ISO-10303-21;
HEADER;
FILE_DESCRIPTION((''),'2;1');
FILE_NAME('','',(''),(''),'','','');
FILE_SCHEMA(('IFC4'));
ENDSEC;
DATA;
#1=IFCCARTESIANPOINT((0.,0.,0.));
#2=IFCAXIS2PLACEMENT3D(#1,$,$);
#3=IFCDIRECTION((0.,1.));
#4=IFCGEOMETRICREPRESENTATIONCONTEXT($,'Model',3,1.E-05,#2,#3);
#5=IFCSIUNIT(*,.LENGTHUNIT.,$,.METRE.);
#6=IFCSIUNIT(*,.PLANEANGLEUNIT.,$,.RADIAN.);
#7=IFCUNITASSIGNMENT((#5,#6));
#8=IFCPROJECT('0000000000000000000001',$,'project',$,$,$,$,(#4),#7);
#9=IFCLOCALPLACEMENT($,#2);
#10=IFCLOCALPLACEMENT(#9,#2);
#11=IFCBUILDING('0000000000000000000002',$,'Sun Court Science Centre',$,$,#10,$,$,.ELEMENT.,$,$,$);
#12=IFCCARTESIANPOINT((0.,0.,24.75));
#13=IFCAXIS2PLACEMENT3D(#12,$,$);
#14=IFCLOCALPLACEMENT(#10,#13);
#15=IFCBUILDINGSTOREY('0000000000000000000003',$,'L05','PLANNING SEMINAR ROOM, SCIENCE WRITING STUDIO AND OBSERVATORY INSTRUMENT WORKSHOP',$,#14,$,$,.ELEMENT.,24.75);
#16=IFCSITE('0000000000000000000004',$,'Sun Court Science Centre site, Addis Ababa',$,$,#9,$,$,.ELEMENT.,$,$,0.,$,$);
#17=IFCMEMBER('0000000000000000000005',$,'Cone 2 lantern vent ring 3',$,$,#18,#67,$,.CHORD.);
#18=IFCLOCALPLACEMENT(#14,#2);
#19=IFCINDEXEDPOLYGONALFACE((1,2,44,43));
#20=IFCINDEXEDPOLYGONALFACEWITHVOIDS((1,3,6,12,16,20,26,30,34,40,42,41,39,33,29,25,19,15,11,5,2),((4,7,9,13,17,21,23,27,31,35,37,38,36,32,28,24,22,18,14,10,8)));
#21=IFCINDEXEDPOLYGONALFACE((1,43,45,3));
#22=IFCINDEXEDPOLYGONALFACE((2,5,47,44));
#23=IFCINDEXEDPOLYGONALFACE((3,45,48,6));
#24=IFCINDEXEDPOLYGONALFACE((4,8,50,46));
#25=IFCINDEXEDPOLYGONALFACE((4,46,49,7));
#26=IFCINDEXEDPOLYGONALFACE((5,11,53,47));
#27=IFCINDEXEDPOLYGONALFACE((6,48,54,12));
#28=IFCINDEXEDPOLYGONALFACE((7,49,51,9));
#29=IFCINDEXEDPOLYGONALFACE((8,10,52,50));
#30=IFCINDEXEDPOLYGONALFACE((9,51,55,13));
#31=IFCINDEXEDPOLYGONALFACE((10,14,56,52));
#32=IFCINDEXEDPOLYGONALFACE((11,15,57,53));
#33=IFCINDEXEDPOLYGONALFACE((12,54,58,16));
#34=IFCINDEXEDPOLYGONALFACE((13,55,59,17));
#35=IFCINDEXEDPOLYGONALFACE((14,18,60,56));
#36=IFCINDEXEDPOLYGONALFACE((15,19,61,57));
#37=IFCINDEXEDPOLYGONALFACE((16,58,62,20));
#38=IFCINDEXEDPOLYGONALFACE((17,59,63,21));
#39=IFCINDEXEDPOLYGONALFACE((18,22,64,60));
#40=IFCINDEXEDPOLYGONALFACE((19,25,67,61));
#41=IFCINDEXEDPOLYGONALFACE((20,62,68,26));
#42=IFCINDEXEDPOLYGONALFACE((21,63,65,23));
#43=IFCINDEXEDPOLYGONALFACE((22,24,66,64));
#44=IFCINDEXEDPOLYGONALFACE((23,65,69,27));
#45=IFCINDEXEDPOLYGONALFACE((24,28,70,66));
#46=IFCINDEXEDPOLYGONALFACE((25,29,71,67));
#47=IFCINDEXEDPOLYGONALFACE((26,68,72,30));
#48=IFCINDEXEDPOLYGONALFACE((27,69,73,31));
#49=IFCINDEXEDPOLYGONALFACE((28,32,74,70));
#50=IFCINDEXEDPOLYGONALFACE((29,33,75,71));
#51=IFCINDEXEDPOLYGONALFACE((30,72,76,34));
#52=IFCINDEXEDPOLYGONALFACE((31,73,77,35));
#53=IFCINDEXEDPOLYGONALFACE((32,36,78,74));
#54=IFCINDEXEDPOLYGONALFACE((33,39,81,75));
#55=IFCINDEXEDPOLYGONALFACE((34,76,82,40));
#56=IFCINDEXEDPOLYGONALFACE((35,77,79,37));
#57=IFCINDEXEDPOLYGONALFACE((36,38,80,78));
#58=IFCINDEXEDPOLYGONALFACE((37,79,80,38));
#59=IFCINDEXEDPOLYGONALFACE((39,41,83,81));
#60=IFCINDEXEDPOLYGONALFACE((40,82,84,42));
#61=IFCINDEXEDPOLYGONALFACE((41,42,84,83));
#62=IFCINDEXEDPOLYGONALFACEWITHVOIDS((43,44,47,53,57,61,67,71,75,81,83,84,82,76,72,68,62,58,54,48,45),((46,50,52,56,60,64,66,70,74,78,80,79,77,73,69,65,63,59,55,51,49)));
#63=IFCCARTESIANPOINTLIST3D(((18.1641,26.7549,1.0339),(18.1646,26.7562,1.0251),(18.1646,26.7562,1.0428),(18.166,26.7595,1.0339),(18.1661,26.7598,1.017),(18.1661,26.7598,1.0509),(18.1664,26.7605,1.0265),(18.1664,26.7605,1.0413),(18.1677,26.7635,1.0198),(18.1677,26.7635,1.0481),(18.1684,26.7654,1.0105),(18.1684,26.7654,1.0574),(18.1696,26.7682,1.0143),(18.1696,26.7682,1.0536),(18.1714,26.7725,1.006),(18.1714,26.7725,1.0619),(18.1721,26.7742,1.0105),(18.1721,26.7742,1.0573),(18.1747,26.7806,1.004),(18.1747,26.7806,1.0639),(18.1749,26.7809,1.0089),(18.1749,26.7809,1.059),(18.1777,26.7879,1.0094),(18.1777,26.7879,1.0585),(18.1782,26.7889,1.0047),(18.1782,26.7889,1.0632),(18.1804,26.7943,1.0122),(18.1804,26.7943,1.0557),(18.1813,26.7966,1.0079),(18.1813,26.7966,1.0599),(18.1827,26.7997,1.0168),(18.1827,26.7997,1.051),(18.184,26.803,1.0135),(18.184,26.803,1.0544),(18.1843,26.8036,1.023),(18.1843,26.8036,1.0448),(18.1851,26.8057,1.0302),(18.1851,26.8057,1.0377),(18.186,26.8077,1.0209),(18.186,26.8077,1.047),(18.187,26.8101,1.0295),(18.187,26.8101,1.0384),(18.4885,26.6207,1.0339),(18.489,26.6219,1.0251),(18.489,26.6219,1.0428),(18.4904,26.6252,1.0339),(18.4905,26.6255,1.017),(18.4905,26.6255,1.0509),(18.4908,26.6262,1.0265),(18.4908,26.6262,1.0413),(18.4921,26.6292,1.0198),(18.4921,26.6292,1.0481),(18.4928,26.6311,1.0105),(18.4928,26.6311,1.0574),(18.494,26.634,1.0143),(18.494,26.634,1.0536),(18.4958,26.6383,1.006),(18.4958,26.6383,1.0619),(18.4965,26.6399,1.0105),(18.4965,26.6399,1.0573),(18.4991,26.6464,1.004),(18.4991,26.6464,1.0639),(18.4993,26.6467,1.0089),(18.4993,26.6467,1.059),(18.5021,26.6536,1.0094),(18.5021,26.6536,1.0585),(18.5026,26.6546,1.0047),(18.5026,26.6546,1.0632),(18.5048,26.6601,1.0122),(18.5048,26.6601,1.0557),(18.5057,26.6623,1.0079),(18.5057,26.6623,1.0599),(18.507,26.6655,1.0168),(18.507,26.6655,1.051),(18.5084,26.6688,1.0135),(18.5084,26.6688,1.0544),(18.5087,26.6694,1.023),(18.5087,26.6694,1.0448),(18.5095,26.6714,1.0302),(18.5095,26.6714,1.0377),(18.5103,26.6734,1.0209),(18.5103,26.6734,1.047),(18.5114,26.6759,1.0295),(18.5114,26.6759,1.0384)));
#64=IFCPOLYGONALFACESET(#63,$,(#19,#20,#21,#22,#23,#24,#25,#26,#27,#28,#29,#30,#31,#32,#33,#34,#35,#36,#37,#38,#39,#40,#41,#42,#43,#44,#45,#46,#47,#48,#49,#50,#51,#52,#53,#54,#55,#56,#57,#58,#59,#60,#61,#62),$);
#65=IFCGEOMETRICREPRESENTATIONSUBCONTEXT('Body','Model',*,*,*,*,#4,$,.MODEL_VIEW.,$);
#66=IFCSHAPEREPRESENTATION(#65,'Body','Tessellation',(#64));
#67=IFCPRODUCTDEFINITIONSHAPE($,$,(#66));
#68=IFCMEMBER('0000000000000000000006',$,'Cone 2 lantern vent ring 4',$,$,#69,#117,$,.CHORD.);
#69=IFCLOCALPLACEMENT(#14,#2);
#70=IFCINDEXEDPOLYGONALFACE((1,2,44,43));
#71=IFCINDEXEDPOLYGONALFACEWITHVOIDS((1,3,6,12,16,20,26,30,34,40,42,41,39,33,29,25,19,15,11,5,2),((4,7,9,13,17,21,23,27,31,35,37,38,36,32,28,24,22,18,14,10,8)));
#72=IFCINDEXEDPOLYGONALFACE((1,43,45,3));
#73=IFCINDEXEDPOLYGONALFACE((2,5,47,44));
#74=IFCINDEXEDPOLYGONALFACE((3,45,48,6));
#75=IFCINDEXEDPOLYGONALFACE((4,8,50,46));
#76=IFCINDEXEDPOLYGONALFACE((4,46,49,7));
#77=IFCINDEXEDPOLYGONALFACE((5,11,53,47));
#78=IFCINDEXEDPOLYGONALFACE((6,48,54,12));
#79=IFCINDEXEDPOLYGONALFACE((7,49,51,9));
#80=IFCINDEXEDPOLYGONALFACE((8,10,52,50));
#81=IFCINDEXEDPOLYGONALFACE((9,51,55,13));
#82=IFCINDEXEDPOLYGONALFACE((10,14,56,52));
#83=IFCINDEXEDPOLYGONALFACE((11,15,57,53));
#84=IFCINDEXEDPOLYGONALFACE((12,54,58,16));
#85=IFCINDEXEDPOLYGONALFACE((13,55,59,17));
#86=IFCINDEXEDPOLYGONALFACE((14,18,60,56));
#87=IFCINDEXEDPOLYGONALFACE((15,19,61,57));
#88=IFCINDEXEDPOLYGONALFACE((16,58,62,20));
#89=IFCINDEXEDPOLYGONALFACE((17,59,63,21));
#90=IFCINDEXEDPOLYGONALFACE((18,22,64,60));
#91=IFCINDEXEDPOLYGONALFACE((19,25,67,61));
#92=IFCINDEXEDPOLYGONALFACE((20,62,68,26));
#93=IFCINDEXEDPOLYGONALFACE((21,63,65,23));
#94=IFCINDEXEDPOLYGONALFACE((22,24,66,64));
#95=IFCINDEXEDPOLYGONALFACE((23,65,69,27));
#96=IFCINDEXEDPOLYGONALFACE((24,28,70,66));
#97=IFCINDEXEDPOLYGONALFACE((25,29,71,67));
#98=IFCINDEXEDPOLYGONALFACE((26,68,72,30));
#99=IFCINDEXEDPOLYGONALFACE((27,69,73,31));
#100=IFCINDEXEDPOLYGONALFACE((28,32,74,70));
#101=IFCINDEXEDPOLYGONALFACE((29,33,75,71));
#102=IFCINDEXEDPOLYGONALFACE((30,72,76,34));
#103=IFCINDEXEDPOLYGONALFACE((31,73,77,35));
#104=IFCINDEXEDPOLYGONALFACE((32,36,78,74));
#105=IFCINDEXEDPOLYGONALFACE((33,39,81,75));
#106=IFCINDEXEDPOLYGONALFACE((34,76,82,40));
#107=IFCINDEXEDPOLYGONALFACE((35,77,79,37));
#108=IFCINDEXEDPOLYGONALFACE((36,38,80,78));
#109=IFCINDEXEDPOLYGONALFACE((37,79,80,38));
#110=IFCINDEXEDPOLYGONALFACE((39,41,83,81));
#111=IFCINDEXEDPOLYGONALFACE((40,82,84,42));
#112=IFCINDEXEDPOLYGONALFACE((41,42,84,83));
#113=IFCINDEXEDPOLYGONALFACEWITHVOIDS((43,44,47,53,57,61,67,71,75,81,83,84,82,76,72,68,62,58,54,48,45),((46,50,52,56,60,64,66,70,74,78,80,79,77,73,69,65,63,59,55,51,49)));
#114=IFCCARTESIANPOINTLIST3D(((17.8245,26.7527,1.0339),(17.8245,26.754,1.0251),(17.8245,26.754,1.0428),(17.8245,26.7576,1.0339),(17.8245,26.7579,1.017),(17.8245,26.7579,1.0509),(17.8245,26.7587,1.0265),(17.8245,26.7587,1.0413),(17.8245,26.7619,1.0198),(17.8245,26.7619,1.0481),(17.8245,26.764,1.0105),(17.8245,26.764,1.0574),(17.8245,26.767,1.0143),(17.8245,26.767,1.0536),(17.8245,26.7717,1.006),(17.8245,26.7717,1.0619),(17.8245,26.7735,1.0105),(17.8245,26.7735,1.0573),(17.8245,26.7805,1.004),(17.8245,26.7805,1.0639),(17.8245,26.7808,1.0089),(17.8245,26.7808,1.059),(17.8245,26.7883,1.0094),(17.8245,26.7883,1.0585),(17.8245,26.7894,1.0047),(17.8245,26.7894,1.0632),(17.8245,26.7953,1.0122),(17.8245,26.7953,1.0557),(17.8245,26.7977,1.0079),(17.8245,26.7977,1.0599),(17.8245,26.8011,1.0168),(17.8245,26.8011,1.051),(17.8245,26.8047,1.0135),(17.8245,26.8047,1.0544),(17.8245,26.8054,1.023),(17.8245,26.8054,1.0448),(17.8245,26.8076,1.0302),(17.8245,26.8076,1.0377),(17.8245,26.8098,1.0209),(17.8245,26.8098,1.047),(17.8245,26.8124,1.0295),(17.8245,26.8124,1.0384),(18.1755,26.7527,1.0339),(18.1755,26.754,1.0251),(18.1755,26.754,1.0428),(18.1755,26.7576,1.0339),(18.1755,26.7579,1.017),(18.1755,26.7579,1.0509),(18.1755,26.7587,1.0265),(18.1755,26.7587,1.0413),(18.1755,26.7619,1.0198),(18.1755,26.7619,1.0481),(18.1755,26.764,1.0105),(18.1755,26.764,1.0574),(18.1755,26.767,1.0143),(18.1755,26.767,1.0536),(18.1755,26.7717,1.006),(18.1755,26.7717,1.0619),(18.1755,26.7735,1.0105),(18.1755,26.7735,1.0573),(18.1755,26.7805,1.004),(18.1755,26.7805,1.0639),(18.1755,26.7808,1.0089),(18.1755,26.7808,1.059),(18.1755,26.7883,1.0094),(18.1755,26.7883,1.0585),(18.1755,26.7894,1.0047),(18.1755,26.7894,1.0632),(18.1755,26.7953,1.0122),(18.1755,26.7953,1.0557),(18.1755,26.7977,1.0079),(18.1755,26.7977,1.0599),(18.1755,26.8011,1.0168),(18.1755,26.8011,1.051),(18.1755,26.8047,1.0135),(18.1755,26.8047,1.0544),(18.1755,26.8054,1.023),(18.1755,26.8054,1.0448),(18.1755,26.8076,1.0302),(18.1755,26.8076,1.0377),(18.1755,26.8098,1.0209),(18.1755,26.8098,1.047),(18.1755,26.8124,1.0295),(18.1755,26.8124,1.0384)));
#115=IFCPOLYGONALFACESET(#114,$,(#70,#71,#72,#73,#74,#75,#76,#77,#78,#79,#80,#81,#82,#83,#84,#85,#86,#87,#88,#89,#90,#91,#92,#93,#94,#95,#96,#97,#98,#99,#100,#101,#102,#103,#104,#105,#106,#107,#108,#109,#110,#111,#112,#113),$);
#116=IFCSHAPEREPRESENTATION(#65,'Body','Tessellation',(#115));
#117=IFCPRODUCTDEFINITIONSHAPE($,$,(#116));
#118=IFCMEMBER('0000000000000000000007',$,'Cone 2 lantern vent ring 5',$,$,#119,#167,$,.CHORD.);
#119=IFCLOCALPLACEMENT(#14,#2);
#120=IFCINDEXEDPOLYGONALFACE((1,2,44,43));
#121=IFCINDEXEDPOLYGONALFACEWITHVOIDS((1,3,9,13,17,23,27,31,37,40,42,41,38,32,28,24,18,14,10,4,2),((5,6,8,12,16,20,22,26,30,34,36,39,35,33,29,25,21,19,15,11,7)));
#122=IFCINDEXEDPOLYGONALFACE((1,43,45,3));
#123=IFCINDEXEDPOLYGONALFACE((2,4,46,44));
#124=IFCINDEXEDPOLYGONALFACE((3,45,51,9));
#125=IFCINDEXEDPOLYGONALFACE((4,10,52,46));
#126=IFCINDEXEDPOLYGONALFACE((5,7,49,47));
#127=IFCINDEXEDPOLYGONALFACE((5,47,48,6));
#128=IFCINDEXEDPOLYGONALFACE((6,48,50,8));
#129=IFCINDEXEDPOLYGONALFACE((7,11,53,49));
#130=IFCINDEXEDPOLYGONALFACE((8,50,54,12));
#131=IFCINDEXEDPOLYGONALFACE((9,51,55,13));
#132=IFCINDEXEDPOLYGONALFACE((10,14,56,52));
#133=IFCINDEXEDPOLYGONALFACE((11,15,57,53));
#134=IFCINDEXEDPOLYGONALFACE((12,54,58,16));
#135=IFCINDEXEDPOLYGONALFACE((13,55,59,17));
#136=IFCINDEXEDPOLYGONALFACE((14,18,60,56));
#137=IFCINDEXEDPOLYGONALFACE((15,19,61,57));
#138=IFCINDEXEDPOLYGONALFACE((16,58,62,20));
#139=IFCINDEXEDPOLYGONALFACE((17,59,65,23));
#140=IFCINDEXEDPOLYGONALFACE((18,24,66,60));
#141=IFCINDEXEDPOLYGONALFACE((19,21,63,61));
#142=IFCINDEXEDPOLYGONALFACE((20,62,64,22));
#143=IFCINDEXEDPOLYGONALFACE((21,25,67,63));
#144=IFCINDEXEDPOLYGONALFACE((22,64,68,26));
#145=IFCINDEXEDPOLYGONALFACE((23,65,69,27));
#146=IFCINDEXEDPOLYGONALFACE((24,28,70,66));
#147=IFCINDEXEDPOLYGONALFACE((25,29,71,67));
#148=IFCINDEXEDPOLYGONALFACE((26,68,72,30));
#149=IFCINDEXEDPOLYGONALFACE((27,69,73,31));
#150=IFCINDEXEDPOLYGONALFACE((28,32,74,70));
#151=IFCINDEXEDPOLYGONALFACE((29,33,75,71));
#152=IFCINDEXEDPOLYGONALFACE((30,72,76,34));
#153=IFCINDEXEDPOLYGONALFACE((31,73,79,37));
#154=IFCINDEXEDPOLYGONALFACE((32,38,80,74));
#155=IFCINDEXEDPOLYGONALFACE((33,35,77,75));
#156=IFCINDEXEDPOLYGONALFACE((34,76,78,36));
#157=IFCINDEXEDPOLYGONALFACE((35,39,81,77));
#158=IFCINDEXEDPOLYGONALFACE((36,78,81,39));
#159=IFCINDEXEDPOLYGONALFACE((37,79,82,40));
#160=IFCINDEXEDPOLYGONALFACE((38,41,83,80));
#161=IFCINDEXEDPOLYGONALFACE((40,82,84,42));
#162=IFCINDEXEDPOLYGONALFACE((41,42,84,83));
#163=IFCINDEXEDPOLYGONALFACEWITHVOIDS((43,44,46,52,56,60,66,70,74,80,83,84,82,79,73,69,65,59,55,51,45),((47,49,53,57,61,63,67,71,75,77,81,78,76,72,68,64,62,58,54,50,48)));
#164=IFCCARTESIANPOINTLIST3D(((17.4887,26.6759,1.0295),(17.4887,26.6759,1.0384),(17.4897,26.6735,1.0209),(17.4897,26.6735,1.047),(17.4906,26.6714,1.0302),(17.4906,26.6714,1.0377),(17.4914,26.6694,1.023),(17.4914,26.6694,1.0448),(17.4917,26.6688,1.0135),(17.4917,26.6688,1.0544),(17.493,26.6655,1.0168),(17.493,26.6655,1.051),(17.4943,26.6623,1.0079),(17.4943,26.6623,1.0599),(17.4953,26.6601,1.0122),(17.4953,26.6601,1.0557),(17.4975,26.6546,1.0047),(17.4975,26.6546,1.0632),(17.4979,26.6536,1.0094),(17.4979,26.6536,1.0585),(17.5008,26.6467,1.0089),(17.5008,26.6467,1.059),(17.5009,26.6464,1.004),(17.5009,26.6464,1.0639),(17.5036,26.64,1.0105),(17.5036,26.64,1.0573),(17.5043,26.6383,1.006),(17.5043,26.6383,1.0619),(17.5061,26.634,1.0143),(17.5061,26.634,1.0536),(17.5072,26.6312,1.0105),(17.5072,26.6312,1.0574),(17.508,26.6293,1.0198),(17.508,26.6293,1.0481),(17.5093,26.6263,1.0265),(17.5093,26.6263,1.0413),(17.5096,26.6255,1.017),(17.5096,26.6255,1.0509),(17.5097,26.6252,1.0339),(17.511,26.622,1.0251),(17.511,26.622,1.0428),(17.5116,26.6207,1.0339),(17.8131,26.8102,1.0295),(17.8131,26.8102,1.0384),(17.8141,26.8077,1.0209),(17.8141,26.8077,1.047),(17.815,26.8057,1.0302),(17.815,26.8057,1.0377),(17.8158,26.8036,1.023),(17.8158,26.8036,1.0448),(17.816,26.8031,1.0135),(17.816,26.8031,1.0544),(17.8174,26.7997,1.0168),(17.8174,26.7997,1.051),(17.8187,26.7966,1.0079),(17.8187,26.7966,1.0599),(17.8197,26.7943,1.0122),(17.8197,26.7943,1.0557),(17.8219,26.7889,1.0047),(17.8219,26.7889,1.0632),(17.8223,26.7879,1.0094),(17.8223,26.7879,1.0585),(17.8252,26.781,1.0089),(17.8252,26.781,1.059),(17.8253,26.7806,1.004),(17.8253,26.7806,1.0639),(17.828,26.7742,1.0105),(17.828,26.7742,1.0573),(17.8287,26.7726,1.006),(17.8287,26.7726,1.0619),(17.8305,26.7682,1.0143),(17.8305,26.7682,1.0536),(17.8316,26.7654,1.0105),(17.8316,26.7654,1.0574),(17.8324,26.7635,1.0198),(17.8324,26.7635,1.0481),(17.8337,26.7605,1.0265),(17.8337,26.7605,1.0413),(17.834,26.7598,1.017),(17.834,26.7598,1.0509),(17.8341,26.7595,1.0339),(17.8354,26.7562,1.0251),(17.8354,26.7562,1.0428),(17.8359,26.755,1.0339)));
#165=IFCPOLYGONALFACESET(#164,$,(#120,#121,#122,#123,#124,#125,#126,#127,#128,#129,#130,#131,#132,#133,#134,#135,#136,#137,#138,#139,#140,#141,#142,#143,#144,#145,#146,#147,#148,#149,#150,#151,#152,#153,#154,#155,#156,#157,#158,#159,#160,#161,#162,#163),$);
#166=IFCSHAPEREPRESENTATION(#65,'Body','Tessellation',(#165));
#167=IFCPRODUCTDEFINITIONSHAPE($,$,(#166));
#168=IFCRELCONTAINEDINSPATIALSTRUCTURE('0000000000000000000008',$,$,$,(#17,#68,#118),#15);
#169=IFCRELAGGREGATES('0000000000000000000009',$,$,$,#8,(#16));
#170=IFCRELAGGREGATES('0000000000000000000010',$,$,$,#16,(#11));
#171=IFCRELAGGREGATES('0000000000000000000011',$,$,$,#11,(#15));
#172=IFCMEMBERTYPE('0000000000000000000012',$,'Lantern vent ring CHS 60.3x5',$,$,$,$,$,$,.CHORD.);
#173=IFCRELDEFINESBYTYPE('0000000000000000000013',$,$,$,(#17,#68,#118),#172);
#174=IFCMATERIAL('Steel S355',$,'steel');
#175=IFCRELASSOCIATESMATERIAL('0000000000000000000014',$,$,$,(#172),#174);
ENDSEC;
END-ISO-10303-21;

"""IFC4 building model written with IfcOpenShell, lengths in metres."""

from ifc_helpers import new_model, si_unit, direction, frame, origin, origin_2d, place, context, subcontext, project, spatial, hollow_circle, extrude, material, material_profile, profile_set, type_object, element, save


model = new_model("IFC4")

# Units and contexts
model_context = context("Model", 3, precision=1e-05, world=origin(), true_north=direction((0.0, 1.0)))
body_context = subcontext(model_context, "Body", "Model", "MODEL_VIEW")
ifc_project = project(units=[si_unit("LENGTHUNIT", "METRE"), si_unit("PLANEANGLEUNIT", "RADIAN")], contexts=[model_context])

# Site, building, storey
site_placement = place(None, origin())
site = spatial("IfcSite", under=ifc_project, at=site_placement, Name="Sun Court Science Centre site, Addis Ababa", CompositionType="ELEMENT", RefElevation=0.0)
building_placement = place(site_placement, origin())
building = spatial("IfcBuilding", under=site, at=building_placement, Name="Sun Court Science Centre", CompositionType="ELEMENT")
storey_placement = place(building_placement, frame((0.0, 0.0, 24.75)))
storey = spatial("IfcBuildingStorey", under=building, at=storey_placement, Name="L05", Description="PLANNING SEMINAR ROOM, SCIENCE WRITING STUDIO AND OBSERVATORY INSTRUMENT WORKSHOP", CompositionType="ELEMENT", Elevation=24.75)

# Members
ifc_material_1 = material(Name="Steel S355", Category="steel")
ifc_material_profile_1 = material_profile(ifc_material_1, hollow_circle(Radius=0.03, WallThickness=0.0049, at=origin_2d()), Name="CHS 60.3x5")
ifc_profile_set_1 = profile_set([ifc_material_profile_1], Name="Steel S355")
member_type_1 = type_object("IfcMemberType", Name="Lantern vent ring CHS 60.3x5", PredefinedType="CHORD", material=ifc_profile_set_1)
for number, where, z_axis, x_axis, name in (
    (1, (18.5, 26.6484, 1.0339), (-0.924, 0.382393, 0.0), (-0.382393, -0.924, 0.0), "Cone 2 lantern vent ring 3"),
    (2, (18.1755, 26.7827, 1.0339), (-1.0, 0.0, 0.0), (0.0, -1.0, 0.0), "Cone 2 lantern vent ring 4"),
    (3, (17.8245, 26.7827, 1.0339), (-0.924, -0.382393, 0.0), (0.382393, -0.924, 0.0), "Cone 2 lantern vent ring 5"),
):
    element("IfcMember", number, at=place(storey_placement, frame(where, z_axis=z_axis, x_axis=x_axis)), inside=storey, type_object=member_type_1, Name=name, PredefinedType="CHORD", context=body_context, shape_type="SweptSolid", body=[
        extrude(hollow_circle(Radius=0.03, WallThickness=0.0049, at=origin_2d()), origin(), (0.0, 0.0, 1.0), 0.3511),
    ])

save(model, "model.ifc")
